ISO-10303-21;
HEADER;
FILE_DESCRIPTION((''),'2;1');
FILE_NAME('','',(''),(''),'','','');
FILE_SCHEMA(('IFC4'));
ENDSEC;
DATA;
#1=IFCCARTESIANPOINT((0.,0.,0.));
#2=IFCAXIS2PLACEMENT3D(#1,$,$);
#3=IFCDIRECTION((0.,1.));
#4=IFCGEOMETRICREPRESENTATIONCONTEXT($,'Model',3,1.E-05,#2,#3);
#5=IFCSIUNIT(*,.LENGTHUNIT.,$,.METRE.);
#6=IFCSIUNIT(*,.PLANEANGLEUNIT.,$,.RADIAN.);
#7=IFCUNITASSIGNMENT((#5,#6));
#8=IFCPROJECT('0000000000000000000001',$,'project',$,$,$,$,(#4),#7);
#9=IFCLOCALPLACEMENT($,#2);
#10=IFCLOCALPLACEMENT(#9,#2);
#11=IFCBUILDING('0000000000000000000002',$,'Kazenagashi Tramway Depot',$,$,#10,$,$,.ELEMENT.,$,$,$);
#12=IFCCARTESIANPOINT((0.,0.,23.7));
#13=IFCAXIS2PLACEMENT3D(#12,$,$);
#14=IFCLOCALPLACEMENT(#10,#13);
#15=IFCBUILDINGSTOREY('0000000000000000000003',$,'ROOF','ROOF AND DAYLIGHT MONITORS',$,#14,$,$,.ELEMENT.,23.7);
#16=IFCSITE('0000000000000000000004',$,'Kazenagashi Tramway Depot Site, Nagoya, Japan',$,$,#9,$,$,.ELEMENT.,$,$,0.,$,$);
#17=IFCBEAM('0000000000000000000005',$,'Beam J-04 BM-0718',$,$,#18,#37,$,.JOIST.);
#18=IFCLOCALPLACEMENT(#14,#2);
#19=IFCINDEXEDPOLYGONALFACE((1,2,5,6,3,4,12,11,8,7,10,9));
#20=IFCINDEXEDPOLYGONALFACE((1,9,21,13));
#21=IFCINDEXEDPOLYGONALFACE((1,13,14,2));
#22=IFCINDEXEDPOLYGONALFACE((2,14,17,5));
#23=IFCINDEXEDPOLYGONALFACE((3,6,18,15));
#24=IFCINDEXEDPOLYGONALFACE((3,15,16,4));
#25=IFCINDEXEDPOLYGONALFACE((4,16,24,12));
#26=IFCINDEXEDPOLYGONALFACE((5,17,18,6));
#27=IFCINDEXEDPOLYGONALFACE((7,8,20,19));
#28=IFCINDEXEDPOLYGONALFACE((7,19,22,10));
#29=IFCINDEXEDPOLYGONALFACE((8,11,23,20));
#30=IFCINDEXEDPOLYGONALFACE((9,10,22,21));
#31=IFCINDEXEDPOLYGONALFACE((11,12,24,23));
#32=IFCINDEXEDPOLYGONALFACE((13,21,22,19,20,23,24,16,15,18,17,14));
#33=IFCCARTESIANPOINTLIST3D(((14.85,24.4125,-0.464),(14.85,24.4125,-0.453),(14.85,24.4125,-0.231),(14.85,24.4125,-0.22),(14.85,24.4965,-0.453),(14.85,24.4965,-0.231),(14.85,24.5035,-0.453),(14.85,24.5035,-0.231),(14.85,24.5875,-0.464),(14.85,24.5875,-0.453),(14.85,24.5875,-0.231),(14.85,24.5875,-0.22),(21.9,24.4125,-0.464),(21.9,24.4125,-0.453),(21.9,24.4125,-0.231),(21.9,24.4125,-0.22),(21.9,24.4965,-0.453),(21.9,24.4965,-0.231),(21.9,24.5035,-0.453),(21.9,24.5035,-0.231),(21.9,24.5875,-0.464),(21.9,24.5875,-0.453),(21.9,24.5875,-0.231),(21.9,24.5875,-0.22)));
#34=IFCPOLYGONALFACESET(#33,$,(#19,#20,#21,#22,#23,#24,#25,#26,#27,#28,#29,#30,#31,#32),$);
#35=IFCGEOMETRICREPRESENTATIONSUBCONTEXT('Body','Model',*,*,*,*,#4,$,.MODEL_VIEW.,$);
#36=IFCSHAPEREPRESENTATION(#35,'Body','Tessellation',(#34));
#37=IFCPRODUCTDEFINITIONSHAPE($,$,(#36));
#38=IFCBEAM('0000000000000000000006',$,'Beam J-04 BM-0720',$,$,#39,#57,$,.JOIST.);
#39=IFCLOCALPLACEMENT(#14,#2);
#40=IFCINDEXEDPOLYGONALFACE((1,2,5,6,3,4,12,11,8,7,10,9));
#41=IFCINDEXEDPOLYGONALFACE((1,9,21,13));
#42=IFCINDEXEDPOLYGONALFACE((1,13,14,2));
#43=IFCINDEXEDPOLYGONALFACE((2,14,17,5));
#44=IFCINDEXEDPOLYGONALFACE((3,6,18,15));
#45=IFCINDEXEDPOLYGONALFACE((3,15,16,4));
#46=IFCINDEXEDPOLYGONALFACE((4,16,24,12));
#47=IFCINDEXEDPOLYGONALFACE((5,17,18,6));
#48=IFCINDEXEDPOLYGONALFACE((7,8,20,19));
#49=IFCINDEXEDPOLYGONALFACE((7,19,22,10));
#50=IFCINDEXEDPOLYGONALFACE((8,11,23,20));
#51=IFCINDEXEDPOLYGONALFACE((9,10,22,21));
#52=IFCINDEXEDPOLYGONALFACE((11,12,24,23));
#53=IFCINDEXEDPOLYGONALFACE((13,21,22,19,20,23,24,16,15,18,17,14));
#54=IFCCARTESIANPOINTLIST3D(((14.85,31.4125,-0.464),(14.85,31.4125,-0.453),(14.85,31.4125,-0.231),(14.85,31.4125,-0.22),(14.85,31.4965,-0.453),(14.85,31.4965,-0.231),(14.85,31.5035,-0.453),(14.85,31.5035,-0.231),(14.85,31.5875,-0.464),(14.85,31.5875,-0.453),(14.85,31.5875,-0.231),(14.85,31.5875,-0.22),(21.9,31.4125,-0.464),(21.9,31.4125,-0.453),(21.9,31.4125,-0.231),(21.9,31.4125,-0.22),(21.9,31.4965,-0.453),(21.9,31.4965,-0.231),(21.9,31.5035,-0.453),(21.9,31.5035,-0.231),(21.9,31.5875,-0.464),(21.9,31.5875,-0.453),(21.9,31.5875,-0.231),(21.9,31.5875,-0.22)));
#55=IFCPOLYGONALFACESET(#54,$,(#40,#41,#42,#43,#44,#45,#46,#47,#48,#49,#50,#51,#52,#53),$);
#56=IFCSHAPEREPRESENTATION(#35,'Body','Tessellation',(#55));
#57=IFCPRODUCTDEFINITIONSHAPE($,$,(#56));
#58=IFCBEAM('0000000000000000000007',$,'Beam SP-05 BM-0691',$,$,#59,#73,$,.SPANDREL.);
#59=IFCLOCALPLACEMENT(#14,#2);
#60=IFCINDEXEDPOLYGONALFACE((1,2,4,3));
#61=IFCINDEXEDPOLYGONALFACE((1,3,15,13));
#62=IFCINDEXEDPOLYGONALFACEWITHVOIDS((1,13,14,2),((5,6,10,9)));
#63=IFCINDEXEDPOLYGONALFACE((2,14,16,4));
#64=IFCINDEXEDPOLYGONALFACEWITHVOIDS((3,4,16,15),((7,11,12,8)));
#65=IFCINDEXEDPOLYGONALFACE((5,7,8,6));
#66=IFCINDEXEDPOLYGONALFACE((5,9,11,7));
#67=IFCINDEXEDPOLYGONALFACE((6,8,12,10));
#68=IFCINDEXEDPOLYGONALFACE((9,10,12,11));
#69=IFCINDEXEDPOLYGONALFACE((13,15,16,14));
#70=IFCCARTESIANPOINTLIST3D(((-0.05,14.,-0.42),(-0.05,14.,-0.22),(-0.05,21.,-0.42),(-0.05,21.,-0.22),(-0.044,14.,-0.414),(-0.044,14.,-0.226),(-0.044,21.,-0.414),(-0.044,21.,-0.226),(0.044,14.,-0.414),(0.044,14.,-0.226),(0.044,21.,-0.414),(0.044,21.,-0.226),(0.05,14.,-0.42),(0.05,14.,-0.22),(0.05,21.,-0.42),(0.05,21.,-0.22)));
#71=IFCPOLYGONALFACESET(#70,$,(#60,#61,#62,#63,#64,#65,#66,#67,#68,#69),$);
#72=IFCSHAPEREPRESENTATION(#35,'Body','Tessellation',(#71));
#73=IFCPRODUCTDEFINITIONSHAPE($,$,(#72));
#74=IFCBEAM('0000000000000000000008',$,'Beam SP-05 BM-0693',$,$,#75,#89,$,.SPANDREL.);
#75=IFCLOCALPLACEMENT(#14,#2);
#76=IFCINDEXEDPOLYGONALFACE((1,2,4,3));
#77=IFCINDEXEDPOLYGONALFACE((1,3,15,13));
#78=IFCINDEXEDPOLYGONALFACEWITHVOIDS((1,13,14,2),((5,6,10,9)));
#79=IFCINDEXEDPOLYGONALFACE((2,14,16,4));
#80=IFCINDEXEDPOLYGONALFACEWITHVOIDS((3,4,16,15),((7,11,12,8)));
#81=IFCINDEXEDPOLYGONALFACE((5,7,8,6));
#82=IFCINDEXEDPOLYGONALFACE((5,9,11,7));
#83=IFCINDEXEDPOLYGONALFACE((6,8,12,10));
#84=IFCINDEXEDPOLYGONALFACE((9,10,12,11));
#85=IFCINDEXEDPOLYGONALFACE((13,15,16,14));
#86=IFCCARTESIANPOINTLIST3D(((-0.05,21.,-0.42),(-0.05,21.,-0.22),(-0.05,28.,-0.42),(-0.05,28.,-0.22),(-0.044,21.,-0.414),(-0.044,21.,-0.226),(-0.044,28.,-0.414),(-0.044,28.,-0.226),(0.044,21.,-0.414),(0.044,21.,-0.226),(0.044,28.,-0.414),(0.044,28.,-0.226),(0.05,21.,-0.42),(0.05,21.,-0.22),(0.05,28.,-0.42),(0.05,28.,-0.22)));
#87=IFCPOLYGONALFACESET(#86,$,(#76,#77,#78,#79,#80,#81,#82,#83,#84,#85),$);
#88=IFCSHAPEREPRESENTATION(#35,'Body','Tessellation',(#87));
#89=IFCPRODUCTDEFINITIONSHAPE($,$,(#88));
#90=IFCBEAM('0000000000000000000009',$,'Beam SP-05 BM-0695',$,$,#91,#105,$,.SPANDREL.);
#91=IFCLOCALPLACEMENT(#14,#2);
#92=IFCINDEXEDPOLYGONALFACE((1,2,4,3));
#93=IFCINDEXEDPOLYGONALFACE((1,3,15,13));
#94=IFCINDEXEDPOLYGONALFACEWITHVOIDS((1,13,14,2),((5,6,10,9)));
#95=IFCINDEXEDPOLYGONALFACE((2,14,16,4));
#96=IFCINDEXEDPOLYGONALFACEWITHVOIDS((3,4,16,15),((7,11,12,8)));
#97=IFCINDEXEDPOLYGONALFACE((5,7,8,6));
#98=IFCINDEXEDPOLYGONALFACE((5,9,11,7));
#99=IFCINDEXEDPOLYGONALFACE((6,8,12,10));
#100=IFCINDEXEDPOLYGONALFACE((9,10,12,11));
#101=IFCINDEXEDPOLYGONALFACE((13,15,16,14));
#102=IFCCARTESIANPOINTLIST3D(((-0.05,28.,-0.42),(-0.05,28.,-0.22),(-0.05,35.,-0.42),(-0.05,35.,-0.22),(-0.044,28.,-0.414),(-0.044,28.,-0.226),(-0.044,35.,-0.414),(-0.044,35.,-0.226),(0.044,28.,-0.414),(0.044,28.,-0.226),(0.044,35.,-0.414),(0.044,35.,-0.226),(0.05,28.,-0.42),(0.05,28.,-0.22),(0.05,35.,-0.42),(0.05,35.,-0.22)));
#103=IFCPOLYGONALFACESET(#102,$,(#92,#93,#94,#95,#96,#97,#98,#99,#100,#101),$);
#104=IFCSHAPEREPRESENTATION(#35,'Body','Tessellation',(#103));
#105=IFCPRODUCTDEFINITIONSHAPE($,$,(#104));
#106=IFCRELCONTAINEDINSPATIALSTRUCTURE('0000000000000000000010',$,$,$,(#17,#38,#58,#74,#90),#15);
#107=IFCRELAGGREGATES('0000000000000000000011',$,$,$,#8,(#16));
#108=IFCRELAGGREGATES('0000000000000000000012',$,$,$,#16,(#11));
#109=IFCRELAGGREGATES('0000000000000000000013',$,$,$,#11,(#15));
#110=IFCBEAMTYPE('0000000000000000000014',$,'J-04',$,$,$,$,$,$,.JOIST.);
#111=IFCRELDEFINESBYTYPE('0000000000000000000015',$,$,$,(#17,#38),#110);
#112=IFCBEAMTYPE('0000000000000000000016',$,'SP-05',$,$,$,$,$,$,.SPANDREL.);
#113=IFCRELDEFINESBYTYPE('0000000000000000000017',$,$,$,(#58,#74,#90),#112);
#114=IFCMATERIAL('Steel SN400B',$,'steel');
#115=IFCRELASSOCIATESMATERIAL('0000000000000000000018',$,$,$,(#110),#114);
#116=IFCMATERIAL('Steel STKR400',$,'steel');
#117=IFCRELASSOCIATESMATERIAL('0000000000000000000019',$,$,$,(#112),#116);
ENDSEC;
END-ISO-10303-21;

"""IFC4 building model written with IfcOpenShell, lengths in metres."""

from ifc_helpers import new_model, si_unit, direction, frame, origin, origin_2d, place, context, subcontext, project, spatial, hollow_rectangle, i_section, extrude, material, material_profile, profile_set, type_object, element, save


model = new_model("IFC4")

# Units and contexts
model_context = context("Model", 3, precision=1e-05, world=origin(), true_north=direction((0.0, 1.0)))
body_context = subcontext(model_context, "Body", "Model", "MODEL_VIEW")
ifc_project = project(units=[si_unit("LENGTHUNIT", "METRE"), si_unit("PLANEANGLEUNIT", "RADIAN")], contexts=[model_context])

# Site, building, storey
site_placement = place(None, origin())
site = spatial("IfcSite", under=ifc_project, at=site_placement, Name="Kazenagashi Tramway Depot Site, Nagoya, Japan", CompositionType="ELEMENT", RefElevation=0.0)
building_placement = place(site_placement, origin())
building = spatial("IfcBuilding", under=site, at=building_placement, Name="Kazenagashi Tramway Depot", CompositionType="ELEMENT")
storey_placement = place(building_placement, frame((0.0, 0.0, 23.7)))
storey = spatial("IfcBuildingStorey", under=building, at=storey_placement, Name="ROOF", Description="ROOF AND DAYLIGHT MONITORS", CompositionType="ELEMENT", Elevation=23.7)

# Beams
ifc_material_1 = material(Name="Steel SN400B", Category="steel")
ifc_material_profile_1 = material_profile(ifc_material_1, i_section(OverallWidth=0.175, OverallDepth=0.244, WebThickness=0.007, FlangeThickness=0.011, at=origin_2d()), Name="H-244x175x7x11")
ifc_profile_set_1 = profile_set([ifc_material_profile_1], Name="Steel SN400B")
beam_type_1 = type_object("IfcBeamType", Name="J-04", PredefinedType="JOIST", material=ifc_profile_set_1)
for number, where, z_axis, x_axis, name in (
    (1, (14.85, 24.5, -0.342), (1.0, 0.0, 0.0), (0.0, 1.0, 0.0), "Beam J-04 BM-0718"),
    (2, (14.85, 31.5, -0.342), (1.0, 0.0, 0.0), (0.0, 1.0, 0.0), "Beam J-04 BM-0720"),
):
    element("IfcBeam", number, at=place(storey_placement, frame(where, z_axis=z_axis, x_axis=x_axis)), inside=storey, type_object=beam_type_1, Name=name, PredefinedType="JOIST", context=body_context, shape_type="SweptSolid", body=[
        extrude(i_section(OverallWidth=0.175, OverallDepth=0.244, WebThickness=0.007, FlangeThickness=0.011, at=origin_2d()), origin(), (0.0, 0.0, 1.0), 7.05),
    ])
ifc_material_2 = material(Name="Steel STKR400", Category="steel")
ifc_material_profile_2 = material_profile(ifc_material_2, hollow_rectangle(XDim=0.1, YDim=0.2, WallThickness=0.006, at=origin_2d()), Name="RHS-200x100x6")
ifc_profile_set_2 = profile_set([ifc_material_profile_2], Name="Steel STKR400")
beam_type_2 = type_object("IfcBeamType", Name="SP-05", PredefinedType="SPANDREL", material=ifc_profile_set_2)
for number, where, z_axis, x_axis, name in (
    (3, (0.0, 14.0, -0.32), (0.0, 1.0, 0.0), (-1.0, 0.0, 0.0), "Beam SP-05 BM-0691"),
    (4, (0.0, 21.0, -0.32), (0.0, 1.0, 0.0), (-1.0, 0.0, 0.0), "Beam SP-05 BM-0693"),
    (5, (0.0, 28.0, -0.32), (0.0, 1.0, 0.0), (-1.0, 0.0, 0.0), "Beam SP-05 BM-0695"),
):
    element("IfcBeam", number, at=place(storey_placement, frame(where, z_axis=z_axis, x_axis=x_axis)), inside=storey, type_object=beam_type_2, Name=name, PredefinedType="SPANDREL", context=body_context, shape_type="SweptSolid", body=[
        extrude(hollow_rectangle(XDim=0.1, YDim=0.2, WallThickness=0.006, at=origin_2d()), origin(), (0.0, 0.0, 1.0), 7.0),
    ])

save(model, "model.ifc")
